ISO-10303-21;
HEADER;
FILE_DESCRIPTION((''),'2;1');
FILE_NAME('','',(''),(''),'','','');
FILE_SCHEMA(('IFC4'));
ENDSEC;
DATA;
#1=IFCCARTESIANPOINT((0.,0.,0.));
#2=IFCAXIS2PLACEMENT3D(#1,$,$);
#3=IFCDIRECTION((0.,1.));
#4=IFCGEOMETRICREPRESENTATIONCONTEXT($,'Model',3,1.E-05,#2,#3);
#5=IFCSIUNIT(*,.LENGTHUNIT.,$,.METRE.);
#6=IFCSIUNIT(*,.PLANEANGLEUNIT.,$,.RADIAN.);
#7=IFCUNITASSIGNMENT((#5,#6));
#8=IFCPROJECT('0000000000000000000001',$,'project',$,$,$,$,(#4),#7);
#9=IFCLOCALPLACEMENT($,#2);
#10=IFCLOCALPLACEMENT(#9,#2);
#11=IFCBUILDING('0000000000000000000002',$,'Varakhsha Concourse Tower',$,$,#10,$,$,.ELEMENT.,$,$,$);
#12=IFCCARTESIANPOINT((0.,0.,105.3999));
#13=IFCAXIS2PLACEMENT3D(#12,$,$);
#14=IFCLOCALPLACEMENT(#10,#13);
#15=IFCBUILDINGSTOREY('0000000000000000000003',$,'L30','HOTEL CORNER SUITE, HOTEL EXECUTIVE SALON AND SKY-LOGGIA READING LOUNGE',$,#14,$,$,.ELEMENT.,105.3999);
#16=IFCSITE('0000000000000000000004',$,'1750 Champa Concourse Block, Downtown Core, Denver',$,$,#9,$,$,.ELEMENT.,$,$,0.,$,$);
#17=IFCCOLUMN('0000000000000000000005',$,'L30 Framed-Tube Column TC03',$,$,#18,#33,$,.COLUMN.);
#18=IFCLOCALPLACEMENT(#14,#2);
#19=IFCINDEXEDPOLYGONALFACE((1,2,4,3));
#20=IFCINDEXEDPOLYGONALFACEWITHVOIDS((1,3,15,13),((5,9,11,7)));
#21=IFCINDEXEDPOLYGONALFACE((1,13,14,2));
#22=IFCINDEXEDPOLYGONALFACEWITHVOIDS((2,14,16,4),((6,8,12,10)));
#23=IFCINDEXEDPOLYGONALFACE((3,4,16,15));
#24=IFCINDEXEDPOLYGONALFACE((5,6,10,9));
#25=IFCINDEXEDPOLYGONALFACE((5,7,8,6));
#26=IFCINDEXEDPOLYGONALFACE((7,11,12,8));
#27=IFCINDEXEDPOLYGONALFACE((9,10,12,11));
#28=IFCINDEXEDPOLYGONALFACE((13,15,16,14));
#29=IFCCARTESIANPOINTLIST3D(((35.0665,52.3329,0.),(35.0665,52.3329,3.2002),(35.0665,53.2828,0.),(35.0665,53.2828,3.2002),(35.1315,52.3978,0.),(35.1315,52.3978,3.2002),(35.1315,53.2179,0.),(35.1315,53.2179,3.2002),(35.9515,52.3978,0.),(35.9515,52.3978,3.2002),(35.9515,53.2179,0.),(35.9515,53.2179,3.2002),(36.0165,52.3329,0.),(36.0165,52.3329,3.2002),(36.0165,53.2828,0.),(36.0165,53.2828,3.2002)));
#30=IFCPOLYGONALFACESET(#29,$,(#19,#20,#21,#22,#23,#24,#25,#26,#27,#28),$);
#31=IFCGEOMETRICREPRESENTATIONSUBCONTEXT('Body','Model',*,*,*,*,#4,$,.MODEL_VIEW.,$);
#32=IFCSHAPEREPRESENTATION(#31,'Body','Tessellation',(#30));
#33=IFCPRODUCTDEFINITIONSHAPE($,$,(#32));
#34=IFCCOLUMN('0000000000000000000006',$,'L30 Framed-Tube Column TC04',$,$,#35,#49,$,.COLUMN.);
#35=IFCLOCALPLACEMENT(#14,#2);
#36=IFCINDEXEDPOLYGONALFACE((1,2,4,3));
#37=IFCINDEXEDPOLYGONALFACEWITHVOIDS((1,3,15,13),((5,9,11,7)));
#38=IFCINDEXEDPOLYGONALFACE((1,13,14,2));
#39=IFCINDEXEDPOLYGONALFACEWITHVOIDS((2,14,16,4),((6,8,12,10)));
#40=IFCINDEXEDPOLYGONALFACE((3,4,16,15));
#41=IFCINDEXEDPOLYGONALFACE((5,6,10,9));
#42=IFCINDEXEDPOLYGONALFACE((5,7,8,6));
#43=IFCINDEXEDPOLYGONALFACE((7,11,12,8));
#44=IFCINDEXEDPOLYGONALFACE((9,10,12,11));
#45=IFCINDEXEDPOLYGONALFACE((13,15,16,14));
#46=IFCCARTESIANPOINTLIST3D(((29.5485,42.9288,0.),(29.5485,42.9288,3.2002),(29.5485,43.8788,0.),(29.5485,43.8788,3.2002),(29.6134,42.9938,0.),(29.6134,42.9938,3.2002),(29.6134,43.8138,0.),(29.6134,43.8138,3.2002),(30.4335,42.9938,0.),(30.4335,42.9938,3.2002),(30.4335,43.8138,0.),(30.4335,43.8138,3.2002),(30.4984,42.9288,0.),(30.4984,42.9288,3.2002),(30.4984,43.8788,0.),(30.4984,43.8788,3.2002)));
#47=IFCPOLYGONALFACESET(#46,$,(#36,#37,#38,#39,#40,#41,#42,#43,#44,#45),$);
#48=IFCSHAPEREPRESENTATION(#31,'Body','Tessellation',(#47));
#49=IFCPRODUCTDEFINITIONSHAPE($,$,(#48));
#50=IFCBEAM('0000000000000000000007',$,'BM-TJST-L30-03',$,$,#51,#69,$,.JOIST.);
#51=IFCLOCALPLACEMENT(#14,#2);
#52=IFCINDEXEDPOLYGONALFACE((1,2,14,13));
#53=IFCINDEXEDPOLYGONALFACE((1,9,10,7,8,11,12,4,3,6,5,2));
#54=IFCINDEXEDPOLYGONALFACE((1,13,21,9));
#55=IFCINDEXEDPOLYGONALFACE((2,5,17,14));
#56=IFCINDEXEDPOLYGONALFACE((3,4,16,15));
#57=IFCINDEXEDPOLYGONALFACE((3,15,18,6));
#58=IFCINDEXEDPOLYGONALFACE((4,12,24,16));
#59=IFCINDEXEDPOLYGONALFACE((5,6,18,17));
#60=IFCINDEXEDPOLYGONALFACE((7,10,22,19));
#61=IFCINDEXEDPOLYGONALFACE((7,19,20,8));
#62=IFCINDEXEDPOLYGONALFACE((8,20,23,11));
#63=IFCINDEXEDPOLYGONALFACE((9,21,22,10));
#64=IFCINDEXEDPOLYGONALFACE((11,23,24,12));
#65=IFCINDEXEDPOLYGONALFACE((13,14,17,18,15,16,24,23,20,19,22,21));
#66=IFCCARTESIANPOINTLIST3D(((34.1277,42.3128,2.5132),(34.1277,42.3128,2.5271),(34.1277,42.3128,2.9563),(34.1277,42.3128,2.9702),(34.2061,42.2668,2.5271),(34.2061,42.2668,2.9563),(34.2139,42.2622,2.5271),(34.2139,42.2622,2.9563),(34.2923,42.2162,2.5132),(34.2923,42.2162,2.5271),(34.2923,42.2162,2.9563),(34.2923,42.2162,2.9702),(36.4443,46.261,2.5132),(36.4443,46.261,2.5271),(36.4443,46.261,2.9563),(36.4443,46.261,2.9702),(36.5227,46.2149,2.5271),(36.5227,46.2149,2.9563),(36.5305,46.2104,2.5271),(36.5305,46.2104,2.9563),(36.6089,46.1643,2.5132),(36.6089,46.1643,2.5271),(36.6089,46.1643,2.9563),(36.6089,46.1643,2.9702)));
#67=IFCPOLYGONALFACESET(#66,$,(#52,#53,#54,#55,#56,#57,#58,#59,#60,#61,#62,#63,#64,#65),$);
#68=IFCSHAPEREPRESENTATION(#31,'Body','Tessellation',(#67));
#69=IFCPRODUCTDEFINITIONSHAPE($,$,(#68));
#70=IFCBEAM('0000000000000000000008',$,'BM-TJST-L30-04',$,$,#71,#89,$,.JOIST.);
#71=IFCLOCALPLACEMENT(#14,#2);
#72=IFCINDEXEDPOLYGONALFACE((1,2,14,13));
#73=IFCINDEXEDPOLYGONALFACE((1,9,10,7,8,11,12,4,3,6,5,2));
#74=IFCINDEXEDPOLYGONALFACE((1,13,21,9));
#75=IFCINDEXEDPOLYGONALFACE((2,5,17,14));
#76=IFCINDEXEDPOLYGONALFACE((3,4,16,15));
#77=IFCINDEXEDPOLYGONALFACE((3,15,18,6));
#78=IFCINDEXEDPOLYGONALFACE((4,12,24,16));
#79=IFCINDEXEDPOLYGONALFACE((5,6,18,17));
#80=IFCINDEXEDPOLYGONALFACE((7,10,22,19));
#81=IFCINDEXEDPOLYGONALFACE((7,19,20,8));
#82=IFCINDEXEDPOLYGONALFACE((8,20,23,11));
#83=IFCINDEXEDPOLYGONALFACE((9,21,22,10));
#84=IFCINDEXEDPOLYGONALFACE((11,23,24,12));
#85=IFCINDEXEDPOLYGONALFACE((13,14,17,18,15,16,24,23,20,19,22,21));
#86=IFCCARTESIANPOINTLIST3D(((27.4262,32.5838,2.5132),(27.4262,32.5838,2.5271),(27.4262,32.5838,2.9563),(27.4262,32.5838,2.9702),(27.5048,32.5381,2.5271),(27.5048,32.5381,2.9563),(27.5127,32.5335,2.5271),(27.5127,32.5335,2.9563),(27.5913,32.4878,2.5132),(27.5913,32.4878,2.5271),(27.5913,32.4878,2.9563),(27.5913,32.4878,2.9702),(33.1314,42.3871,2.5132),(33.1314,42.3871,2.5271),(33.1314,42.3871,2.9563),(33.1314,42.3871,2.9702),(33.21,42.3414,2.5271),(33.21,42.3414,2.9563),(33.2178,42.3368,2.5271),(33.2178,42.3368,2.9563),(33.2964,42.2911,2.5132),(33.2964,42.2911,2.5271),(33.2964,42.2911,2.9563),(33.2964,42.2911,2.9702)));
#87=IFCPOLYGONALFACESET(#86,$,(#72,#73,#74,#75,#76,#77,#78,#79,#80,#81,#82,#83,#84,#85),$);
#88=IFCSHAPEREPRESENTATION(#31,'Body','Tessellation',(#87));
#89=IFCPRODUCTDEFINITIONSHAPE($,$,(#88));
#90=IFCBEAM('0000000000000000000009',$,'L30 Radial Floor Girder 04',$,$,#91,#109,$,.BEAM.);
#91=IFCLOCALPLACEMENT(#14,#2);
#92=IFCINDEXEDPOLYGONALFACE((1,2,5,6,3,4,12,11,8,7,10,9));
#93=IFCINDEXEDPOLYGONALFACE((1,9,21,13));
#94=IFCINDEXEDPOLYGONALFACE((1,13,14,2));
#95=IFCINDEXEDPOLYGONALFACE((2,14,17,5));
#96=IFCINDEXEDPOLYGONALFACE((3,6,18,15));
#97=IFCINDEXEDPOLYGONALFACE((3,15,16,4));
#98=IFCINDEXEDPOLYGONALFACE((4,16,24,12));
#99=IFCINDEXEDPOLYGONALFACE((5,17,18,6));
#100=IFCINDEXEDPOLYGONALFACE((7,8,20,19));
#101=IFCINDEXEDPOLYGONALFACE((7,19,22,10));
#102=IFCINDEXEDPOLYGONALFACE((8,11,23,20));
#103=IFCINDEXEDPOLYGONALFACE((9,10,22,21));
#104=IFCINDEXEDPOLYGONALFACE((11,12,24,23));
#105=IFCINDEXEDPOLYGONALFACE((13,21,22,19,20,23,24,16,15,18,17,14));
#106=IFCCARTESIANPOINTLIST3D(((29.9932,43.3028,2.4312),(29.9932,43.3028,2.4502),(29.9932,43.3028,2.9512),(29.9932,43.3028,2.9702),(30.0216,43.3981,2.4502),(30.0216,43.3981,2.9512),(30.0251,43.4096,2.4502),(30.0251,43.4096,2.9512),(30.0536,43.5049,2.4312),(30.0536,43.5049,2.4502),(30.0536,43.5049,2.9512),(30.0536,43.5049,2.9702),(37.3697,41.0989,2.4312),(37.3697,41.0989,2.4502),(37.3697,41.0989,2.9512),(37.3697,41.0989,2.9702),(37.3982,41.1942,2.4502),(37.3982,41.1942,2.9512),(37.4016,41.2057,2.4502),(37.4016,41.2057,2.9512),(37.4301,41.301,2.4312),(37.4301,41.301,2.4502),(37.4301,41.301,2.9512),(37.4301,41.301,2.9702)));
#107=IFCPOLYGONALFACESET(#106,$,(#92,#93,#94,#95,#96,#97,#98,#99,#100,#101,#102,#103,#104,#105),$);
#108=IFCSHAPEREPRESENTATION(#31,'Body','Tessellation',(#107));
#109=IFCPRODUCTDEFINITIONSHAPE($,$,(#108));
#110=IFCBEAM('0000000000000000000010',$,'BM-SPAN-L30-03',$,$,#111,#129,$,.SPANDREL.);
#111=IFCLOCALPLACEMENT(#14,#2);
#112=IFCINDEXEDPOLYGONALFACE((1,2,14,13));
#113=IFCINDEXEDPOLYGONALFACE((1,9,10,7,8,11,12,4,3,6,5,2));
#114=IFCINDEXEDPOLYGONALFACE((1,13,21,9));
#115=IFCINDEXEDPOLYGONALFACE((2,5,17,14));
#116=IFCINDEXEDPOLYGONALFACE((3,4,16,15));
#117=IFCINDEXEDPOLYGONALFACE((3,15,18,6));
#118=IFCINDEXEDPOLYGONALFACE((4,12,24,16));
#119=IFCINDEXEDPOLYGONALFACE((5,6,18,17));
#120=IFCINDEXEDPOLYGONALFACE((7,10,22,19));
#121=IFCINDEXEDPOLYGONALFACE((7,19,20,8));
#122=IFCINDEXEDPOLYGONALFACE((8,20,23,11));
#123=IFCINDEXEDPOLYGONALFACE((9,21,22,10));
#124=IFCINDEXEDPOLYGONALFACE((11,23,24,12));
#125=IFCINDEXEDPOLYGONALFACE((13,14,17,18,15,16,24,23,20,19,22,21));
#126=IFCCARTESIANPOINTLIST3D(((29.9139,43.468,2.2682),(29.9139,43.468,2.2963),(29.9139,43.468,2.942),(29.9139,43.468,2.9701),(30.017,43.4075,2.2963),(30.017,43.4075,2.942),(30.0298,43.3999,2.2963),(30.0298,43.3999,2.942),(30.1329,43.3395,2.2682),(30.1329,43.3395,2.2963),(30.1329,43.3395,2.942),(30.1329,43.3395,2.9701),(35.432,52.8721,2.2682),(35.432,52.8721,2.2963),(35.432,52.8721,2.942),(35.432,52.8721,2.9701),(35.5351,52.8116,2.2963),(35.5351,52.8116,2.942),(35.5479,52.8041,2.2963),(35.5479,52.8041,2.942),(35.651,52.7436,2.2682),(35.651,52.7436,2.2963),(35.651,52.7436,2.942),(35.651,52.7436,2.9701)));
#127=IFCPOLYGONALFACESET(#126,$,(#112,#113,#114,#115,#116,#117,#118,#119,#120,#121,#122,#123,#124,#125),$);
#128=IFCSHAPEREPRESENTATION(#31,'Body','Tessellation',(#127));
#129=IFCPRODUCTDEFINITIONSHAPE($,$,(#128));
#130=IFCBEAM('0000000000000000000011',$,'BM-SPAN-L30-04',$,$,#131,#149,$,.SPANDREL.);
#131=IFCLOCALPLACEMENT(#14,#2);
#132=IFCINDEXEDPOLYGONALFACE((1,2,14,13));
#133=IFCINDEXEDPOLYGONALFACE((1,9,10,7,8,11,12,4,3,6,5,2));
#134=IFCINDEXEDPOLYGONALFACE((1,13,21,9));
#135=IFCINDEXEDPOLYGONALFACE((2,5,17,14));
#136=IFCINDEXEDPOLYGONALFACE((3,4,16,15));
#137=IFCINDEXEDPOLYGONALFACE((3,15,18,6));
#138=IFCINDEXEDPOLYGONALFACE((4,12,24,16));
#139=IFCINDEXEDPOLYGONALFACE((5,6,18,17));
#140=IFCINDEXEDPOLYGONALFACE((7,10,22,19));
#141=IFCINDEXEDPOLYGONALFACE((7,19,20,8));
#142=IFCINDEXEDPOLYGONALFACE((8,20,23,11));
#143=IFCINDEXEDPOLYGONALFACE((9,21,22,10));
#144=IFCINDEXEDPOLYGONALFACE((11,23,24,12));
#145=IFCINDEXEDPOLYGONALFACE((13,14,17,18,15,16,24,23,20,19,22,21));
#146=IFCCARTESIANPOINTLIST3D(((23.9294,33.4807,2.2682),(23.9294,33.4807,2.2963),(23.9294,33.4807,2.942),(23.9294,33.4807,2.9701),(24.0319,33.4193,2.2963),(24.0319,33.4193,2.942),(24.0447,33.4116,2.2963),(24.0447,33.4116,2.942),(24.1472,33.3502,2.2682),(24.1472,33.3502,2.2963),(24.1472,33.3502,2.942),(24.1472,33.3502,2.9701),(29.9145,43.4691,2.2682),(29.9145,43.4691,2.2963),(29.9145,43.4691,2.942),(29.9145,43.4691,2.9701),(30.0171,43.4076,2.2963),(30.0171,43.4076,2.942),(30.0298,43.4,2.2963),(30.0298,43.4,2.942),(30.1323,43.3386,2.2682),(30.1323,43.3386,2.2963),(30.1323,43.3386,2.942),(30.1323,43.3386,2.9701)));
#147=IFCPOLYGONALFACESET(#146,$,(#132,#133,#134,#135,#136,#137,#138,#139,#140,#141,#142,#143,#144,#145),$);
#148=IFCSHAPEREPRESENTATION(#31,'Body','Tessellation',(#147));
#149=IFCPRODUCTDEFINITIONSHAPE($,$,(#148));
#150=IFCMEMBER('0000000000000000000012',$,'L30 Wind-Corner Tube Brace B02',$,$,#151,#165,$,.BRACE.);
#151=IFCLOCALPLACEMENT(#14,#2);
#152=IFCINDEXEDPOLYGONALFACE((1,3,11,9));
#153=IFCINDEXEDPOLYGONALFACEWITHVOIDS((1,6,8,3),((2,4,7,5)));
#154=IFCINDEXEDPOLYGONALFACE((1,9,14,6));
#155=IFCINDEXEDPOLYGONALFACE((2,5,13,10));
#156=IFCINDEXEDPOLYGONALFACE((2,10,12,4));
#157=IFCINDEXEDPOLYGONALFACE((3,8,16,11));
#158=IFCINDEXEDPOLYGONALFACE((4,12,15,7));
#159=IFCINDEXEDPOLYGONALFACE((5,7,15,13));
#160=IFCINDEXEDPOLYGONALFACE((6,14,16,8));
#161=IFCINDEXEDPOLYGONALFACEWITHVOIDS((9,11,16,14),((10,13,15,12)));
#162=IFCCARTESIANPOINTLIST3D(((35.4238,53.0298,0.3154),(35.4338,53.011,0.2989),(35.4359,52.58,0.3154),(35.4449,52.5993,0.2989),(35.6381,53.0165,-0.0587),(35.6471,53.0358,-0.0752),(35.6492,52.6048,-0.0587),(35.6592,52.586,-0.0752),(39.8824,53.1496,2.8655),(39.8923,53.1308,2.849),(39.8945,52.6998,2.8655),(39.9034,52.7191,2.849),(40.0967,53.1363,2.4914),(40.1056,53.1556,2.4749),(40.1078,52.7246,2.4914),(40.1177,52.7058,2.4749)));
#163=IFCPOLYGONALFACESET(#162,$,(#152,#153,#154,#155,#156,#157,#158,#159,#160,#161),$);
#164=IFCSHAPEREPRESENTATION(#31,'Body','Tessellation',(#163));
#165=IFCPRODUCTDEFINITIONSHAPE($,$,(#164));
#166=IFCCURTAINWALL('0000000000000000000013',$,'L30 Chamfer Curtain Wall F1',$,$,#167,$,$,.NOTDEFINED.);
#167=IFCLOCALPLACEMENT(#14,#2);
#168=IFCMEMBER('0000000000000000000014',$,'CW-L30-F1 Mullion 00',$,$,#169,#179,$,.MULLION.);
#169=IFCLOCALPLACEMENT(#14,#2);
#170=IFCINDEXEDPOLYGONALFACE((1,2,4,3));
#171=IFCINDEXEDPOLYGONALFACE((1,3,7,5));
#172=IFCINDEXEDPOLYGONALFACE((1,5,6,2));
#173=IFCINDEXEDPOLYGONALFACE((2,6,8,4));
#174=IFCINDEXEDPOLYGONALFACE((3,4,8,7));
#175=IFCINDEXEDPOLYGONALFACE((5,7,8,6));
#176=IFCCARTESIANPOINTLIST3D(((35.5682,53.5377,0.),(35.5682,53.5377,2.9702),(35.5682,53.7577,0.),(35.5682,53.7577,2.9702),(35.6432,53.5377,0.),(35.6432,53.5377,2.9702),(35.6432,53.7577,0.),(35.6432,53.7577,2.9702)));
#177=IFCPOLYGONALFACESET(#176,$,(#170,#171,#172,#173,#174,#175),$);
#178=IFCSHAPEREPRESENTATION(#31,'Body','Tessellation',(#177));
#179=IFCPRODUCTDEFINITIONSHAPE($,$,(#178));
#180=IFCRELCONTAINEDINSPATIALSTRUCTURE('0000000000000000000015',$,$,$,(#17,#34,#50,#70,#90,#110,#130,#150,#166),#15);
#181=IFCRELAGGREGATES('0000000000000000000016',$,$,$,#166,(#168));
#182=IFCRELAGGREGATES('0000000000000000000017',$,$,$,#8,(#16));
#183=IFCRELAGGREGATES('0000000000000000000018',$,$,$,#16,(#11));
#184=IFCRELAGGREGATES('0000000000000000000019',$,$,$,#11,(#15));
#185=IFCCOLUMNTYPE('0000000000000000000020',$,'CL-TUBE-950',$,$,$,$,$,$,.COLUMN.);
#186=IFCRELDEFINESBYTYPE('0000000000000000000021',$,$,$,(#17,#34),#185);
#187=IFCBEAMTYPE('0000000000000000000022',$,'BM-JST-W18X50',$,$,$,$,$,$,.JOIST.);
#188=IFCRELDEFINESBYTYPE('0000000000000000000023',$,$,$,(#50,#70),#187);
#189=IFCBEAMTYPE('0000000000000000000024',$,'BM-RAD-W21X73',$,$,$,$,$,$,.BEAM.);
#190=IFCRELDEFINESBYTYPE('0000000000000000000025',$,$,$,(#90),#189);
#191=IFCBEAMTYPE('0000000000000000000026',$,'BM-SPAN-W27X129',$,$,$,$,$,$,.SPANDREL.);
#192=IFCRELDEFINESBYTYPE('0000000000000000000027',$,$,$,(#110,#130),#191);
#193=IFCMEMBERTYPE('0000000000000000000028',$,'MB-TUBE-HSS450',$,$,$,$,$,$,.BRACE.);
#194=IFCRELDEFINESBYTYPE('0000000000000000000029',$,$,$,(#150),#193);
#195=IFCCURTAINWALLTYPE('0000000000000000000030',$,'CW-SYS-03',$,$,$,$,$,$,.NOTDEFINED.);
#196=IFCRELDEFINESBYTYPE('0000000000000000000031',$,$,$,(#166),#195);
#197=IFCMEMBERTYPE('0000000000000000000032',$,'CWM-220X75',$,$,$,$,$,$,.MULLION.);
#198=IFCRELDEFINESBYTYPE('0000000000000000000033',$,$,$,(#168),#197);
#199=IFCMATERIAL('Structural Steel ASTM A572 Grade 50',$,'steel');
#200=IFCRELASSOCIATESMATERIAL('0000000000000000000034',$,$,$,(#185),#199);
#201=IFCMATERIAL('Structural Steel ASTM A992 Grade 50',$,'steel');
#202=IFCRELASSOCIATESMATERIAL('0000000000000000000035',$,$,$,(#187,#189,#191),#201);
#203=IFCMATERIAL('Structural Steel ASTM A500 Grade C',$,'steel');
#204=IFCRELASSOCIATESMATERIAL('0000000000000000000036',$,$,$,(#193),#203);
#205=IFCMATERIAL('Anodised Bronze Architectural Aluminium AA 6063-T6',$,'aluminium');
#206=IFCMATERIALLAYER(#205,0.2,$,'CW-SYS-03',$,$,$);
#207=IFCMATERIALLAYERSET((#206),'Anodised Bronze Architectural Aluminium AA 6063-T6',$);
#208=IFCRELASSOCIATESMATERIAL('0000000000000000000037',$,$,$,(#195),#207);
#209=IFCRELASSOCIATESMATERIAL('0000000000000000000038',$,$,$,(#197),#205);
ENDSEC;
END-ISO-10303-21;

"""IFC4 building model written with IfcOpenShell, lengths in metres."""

from ifc_helpers import new_model, si_unit, direction, frame, origin, origin_2d, place, context, subcontext, project, spatial, rectangle, hollow_rectangle, i_section, extrude, source, transform, mapped, material, layer, layer_set, material_profile, profile_set, type_object, type_shapes, element, aggregate, save


model = new_model("IFC4")

# Units and contexts
model_context = context("Model", 3, precision=1e-05, world=origin(), true_north=direction((0.0, 1.0)))
body_context = subcontext(model_context, "Body", "Model", "MODEL_VIEW")
ifc_project = project(units=[si_unit("LENGTHUNIT", "METRE"), si_unit("PLANEANGLEUNIT", "RADIAN")], contexts=[model_context])

# Site, building, storey
site_placement = place(None, origin())
site = spatial("IfcSite", under=ifc_project, at=site_placement, Name="1750 Champa Concourse Block, Downtown Core, Denver", CompositionType="ELEMENT", RefElevation=0.0)
building_placement = place(site_placement, origin())
building = spatial("IfcBuilding", under=site, at=building_placement, Name="Varakhsha Concourse Tower", CompositionType="ELEMENT")
storey_placement = place(building_placement, frame((0.0, 0.0, 105.3999)))
storey = spatial("IfcBuildingStorey", under=building, at=storey_placement, Name="L30", Description="HOTEL CORNER SUITE, HOTEL EXECUTIVE SALON AND SKY-LOGGIA READING LOUNGE", CompositionType="ELEMENT", Elevation=105.3999)

# Columns
ifc_material_1 = material(Name="Structural Steel ASTM A572 Grade 50", Category="steel")
ifc_material_profile_1 = material_profile(ifc_material_1, hollow_rectangle(XDim=0.95, YDim=0.95, WallThickness=0.0649, at=origin_2d()), Name="BOX 950x950x65")
ifc_profile_set_1 = profile_set([ifc_material_profile_1], Name="Structural Steel ASTM A572 Grade 50")
column_type = type_object("IfcColumnType", Name="CL-TUBE-950", PredefinedType="COLUMN", material=ifc_profile_set_1)
for number, where, z_axis, x_axis, name in (
    (1, (35.5415, 52.8079, 0.0), (0.0, 0.0, 1.0), (1.0, 0.0, 0.0), "L30 Framed-Tube Column TC03"),
    (2, (30.0234, 43.4038, 0.0), (0.0, 0.0, 1.0), (1.0, 0.0, 0.0), "L30 Framed-Tube Column TC04"),
):
    element("IfcColumn", number, at=place(storey_placement, frame(where, z_axis=z_axis, x_axis=x_axis)), inside=storey, type_object=column_type, Name=name, PredefinedType="COLUMN", context=body_context, shape_type="SweptSolid", body=[
        extrude(hollow_rectangle(XDim=0.95, YDim=0.95, WallThickness=0.0649, at=origin_2d()), origin(), (0.0, 0.0, 1.0), 3.2002),
    ])

# Beams
ifc_material_2 = material(Name="Structural Steel ASTM A992 Grade 50", Category="steel")
ifc_material_profile_2 = material_profile(ifc_material_2, i_section(OverallWidth=0.1909, OverallDepth=0.457, WebThickness=0.009, FlangeThickness=0.0139, at=origin_2d()), Name="W18X50")
ifc_profile_set_2 = profile_set([ifc_material_profile_2], Name="Structural Steel ASTM A992 Grade 50")
beam_type_1 = type_object("IfcBeamType", Name="BM-JST-W18X50", PredefinedType="JOIST", material=ifc_profile_set_2)
beam_1_placement = place(storey_placement, frame((36.5266, 46.2126, 2.7417), z_axis=(-0.506071, -0.862492, 0.0), x_axis=(0.862492, -0.506071, 0.0)))
element("IfcBeam", 3, at=beam_1_placement, inside=storey, type_object=beam_type_1, Name="BM-TJST-L30-03", PredefinedType="JOIST", context=body_context, shape_type="SweptSolid", body=[
    extrude(i_section(OverallWidth=0.1909, OverallDepth=0.457, WebThickness=0.009, FlangeThickness=0.0139, at=origin_2d()), origin(), (0.0, 0.0, 1.0), 4.5776),
])
beam_2_placement = place(storey_placement, frame((33.2139, 42.3391, 2.7417), z_axis=(-0.502985, -0.864295, 0.0), x_axis=(0.864295, -0.502985, 0.0)))
element("IfcBeam", 4, at=beam_2_placement, inside=storey, type_object=beam_type_1, Name="BM-TJST-L30-04", PredefinedType="JOIST", context=body_context, shape_type="SweptSolid", body=[
    extrude(i_section(OverallWidth=0.1909, OverallDepth=0.457, WebThickness=0.009, FlangeThickness=0.0139, at=origin_2d()), origin(), (0.0, 0.0, 1.0), 11.3425),
])
ifc_material_profile_3 = material_profile(ifc_material_2, i_section(OverallWidth=0.2109, OverallDepth=0.5391, WebThickness=0.012, FlangeThickness=0.019, at=origin_2d()), Name="W21X73")
ifc_profile_set_3 = profile_set([ifc_material_profile_3], Name="Structural Steel ASTM A992 Grade 50")
beam_type_2 = type_object("IfcBeamType", Name="BM-RAD-W21X73", PredefinedType="BEAM", material=ifc_profile_set_3)
beam_3_placement = place(storey_placement, frame((37.3999, 41.2, 2.7007), z_axis=(-0.95815, 0.286265, 0.0), x_axis=(-0.286265, -0.95815, 0.0)))
element("IfcBeam", 5, at=beam_3_placement, inside=storey, type_object=beam_type_2, Name="L30 Radial Floor Girder 04", PredefinedType="BEAM", context=body_context, shape_type="SweptSolid", body=[
    extrude(i_section(OverallWidth=0.2109, OverallDepth=0.5391, WebThickness=0.012, FlangeThickness=0.019, at=origin_2d()), origin(), (0.0, 0.0, 1.0), 7.6987),
])
ifc_material_profile_4 = material_profile(ifc_material_2, i_section(OverallWidth=0.2539, OverallDepth=0.7019, WebThickness=0.0149, FlangeThickness=0.0281, at=origin_2d()), Name="W27X129")
ifc_profile_set_4 = profile_set([ifc_material_profile_4], Name="Structural Steel ASTM A992 Grade 50")
beam_type_3 = type_object("IfcBeamType", Name="BM-SPAN-W27X129", PredefinedType="SPANDREL", material=ifc_profile_set_4)
beam_4_placement = place(storey_placement, frame((35.5415, 52.8079, 2.6191), z_axis=(-0.506084, -0.862484, 0.0), x_axis=(0.862484, -0.506084, 0.0)))
element("IfcBeam", 6, at=beam_4_placement, inside=storey, type_object=beam_type_3, Name="BM-SPAN-L30-03", PredefinedType="SPANDREL", context=body_context, shape_type="SweptSolid", body=[
    extrude(i_section(OverallWidth=0.2539, OverallDepth=0.7019, WebThickness=0.0149, FlangeThickness=0.0281, at=origin_2d()), origin(), (0.0, 0.0, 1.0), 10.9036),
])
beam_5_placement = place(storey_placement, frame((30.0234, 43.4038, 2.6191), z_axis=(-0.513999, -0.857791, 0.0), x_axis=(0.857791, -0.513999, 0.0)))
element("IfcBeam", 7, at=beam_5_placement, inside=storey, type_object=beam_type_3, Name="BM-SPAN-L30-04", PredefinedType="SPANDREL", context=body_context, shape_type="SweptSolid", body=[
    extrude(i_section(OverallWidth=0.2539, OverallDepth=0.7019, WebThickness=0.0149, FlangeThickness=0.0281, at=origin_2d()), origin(), (0.0, 0.0, 1.0), 11.6443),
])

# Member
ifc_material_3 = material(Name="Structural Steel ASTM A500 Grade C", Category="steel")
ifc_material_profile_5 = material_profile(ifc_material_3, hollow_rectangle(XDim=0.45, YDim=0.45, WallThickness=0.019, at=origin_2d()), Name="HSS 450x450x19")
ifc_profile_set_5 = profile_set([ifc_material_profile_5], Name="Structural Steel ASTM A500 Grade C")
member_type_1 = type_object("IfcMemberType", Name="MB-TUBE-HSS450", PredefinedType="BRACE", material=ifc_profile_set_5)
shared_shape_1 = source(origin(), body_context, "Body", "SweptSolid", [
    extrude(hollow_rectangle(XDim=0.45, YDim=0.45, WallThickness=0.019, at=origin_2d()), origin(), (0.0, 0.0, 1.0), 5.1377),
])
type_shapes(member_type_1, [shared_shape_1])
member_1_placement = place(storey_placement, frame((35.5415, 52.8079, 0.1201), z_axis=(0.867811, 0.023332, 0.496347), x_axis=(-0.026877, 0.999639, 0.0)))
element("IfcMember", 8, at=member_1_placement, inside=storey, type_object=member_type_1, Name="L30 Wind-Corner Tube Brace B02", PredefinedType="BRACE", context=body_context, shape_type="MappedRepresentation", body=[
    mapped(shared_shape_1, transform((0.0, 0.0, 0.0), scale=1.0)),
])

# Curtain wall, member
ifc_material_4 = material(Name="Anodised Bronze Architectural Aluminium AA 6063-T6", Category="aluminium")
ifc_layer_1 = layer(ifc_material_4, 0.2, Name="CW-SYS-03")
ifc_layer_set_1 = layer_set([ifc_layer_1], Name="Anodised Bronze Architectural Aluminium AA 6063-T6")
curtain_wall_type = type_object("IfcCurtainWallType", Name="CW-SYS-03", PredefinedType="NOTDEFINED", material=ifc_layer_set_1)
curtain_wall_1_placement = place(storey_placement, origin())
curtain_wall_1 = element("IfcCurtainWall", 9, at=curtain_wall_1_placement, inside=storey, type_object=curtain_wall_type, Name="L30 Chamfer Curtain Wall F1", PredefinedType="NOTDEFINED")
ifc_material_profile_6 = material_profile(ifc_material_4, rectangle(XDim=0.075, YDim=0.22, at=origin_2d()), Name="CWM-220X75")
ifc_profile_set_6 = profile_set([ifc_material_profile_6], Name="Anodised Bronze Architectural Aluminium AA 6063-T6")
member_type_2 = type_object("IfcMemberType", Name="CWM-220X75", PredefinedType="MULLION", material=ifc_profile_set_6)
shared_shape_2 = source(origin(), body_context, "Body", "SweptSolid", [
    extrude(rectangle(XDim=0.075, YDim=0.22, at=origin_2d()), origin(), (0.0, 0.0, 1.0), 2.9702),
])
type_shapes(member_type_2, [shared_shape_2])
member_2_placement = place(storey_placement, frame((35.6057, 53.6477, 0.0), z_axis=(0.0, 0.0, 1.0), x_axis=(1.0, 0.0, 0.0)))
member_2 = element("IfcMember", 10, at=member_2_placement, type_object=member_type_2, Name="CW-L30-F1 Mullion 00", PredefinedType="MULLION", context=body_context, shape_type="MappedRepresentation", body=[
    mapped(shared_shape_2, transform((0.0, 0.0, 0.0), scale=1.0)),
])

aggregate(curtain_wall_1, [member_2])

save(model, "model.ifc")
